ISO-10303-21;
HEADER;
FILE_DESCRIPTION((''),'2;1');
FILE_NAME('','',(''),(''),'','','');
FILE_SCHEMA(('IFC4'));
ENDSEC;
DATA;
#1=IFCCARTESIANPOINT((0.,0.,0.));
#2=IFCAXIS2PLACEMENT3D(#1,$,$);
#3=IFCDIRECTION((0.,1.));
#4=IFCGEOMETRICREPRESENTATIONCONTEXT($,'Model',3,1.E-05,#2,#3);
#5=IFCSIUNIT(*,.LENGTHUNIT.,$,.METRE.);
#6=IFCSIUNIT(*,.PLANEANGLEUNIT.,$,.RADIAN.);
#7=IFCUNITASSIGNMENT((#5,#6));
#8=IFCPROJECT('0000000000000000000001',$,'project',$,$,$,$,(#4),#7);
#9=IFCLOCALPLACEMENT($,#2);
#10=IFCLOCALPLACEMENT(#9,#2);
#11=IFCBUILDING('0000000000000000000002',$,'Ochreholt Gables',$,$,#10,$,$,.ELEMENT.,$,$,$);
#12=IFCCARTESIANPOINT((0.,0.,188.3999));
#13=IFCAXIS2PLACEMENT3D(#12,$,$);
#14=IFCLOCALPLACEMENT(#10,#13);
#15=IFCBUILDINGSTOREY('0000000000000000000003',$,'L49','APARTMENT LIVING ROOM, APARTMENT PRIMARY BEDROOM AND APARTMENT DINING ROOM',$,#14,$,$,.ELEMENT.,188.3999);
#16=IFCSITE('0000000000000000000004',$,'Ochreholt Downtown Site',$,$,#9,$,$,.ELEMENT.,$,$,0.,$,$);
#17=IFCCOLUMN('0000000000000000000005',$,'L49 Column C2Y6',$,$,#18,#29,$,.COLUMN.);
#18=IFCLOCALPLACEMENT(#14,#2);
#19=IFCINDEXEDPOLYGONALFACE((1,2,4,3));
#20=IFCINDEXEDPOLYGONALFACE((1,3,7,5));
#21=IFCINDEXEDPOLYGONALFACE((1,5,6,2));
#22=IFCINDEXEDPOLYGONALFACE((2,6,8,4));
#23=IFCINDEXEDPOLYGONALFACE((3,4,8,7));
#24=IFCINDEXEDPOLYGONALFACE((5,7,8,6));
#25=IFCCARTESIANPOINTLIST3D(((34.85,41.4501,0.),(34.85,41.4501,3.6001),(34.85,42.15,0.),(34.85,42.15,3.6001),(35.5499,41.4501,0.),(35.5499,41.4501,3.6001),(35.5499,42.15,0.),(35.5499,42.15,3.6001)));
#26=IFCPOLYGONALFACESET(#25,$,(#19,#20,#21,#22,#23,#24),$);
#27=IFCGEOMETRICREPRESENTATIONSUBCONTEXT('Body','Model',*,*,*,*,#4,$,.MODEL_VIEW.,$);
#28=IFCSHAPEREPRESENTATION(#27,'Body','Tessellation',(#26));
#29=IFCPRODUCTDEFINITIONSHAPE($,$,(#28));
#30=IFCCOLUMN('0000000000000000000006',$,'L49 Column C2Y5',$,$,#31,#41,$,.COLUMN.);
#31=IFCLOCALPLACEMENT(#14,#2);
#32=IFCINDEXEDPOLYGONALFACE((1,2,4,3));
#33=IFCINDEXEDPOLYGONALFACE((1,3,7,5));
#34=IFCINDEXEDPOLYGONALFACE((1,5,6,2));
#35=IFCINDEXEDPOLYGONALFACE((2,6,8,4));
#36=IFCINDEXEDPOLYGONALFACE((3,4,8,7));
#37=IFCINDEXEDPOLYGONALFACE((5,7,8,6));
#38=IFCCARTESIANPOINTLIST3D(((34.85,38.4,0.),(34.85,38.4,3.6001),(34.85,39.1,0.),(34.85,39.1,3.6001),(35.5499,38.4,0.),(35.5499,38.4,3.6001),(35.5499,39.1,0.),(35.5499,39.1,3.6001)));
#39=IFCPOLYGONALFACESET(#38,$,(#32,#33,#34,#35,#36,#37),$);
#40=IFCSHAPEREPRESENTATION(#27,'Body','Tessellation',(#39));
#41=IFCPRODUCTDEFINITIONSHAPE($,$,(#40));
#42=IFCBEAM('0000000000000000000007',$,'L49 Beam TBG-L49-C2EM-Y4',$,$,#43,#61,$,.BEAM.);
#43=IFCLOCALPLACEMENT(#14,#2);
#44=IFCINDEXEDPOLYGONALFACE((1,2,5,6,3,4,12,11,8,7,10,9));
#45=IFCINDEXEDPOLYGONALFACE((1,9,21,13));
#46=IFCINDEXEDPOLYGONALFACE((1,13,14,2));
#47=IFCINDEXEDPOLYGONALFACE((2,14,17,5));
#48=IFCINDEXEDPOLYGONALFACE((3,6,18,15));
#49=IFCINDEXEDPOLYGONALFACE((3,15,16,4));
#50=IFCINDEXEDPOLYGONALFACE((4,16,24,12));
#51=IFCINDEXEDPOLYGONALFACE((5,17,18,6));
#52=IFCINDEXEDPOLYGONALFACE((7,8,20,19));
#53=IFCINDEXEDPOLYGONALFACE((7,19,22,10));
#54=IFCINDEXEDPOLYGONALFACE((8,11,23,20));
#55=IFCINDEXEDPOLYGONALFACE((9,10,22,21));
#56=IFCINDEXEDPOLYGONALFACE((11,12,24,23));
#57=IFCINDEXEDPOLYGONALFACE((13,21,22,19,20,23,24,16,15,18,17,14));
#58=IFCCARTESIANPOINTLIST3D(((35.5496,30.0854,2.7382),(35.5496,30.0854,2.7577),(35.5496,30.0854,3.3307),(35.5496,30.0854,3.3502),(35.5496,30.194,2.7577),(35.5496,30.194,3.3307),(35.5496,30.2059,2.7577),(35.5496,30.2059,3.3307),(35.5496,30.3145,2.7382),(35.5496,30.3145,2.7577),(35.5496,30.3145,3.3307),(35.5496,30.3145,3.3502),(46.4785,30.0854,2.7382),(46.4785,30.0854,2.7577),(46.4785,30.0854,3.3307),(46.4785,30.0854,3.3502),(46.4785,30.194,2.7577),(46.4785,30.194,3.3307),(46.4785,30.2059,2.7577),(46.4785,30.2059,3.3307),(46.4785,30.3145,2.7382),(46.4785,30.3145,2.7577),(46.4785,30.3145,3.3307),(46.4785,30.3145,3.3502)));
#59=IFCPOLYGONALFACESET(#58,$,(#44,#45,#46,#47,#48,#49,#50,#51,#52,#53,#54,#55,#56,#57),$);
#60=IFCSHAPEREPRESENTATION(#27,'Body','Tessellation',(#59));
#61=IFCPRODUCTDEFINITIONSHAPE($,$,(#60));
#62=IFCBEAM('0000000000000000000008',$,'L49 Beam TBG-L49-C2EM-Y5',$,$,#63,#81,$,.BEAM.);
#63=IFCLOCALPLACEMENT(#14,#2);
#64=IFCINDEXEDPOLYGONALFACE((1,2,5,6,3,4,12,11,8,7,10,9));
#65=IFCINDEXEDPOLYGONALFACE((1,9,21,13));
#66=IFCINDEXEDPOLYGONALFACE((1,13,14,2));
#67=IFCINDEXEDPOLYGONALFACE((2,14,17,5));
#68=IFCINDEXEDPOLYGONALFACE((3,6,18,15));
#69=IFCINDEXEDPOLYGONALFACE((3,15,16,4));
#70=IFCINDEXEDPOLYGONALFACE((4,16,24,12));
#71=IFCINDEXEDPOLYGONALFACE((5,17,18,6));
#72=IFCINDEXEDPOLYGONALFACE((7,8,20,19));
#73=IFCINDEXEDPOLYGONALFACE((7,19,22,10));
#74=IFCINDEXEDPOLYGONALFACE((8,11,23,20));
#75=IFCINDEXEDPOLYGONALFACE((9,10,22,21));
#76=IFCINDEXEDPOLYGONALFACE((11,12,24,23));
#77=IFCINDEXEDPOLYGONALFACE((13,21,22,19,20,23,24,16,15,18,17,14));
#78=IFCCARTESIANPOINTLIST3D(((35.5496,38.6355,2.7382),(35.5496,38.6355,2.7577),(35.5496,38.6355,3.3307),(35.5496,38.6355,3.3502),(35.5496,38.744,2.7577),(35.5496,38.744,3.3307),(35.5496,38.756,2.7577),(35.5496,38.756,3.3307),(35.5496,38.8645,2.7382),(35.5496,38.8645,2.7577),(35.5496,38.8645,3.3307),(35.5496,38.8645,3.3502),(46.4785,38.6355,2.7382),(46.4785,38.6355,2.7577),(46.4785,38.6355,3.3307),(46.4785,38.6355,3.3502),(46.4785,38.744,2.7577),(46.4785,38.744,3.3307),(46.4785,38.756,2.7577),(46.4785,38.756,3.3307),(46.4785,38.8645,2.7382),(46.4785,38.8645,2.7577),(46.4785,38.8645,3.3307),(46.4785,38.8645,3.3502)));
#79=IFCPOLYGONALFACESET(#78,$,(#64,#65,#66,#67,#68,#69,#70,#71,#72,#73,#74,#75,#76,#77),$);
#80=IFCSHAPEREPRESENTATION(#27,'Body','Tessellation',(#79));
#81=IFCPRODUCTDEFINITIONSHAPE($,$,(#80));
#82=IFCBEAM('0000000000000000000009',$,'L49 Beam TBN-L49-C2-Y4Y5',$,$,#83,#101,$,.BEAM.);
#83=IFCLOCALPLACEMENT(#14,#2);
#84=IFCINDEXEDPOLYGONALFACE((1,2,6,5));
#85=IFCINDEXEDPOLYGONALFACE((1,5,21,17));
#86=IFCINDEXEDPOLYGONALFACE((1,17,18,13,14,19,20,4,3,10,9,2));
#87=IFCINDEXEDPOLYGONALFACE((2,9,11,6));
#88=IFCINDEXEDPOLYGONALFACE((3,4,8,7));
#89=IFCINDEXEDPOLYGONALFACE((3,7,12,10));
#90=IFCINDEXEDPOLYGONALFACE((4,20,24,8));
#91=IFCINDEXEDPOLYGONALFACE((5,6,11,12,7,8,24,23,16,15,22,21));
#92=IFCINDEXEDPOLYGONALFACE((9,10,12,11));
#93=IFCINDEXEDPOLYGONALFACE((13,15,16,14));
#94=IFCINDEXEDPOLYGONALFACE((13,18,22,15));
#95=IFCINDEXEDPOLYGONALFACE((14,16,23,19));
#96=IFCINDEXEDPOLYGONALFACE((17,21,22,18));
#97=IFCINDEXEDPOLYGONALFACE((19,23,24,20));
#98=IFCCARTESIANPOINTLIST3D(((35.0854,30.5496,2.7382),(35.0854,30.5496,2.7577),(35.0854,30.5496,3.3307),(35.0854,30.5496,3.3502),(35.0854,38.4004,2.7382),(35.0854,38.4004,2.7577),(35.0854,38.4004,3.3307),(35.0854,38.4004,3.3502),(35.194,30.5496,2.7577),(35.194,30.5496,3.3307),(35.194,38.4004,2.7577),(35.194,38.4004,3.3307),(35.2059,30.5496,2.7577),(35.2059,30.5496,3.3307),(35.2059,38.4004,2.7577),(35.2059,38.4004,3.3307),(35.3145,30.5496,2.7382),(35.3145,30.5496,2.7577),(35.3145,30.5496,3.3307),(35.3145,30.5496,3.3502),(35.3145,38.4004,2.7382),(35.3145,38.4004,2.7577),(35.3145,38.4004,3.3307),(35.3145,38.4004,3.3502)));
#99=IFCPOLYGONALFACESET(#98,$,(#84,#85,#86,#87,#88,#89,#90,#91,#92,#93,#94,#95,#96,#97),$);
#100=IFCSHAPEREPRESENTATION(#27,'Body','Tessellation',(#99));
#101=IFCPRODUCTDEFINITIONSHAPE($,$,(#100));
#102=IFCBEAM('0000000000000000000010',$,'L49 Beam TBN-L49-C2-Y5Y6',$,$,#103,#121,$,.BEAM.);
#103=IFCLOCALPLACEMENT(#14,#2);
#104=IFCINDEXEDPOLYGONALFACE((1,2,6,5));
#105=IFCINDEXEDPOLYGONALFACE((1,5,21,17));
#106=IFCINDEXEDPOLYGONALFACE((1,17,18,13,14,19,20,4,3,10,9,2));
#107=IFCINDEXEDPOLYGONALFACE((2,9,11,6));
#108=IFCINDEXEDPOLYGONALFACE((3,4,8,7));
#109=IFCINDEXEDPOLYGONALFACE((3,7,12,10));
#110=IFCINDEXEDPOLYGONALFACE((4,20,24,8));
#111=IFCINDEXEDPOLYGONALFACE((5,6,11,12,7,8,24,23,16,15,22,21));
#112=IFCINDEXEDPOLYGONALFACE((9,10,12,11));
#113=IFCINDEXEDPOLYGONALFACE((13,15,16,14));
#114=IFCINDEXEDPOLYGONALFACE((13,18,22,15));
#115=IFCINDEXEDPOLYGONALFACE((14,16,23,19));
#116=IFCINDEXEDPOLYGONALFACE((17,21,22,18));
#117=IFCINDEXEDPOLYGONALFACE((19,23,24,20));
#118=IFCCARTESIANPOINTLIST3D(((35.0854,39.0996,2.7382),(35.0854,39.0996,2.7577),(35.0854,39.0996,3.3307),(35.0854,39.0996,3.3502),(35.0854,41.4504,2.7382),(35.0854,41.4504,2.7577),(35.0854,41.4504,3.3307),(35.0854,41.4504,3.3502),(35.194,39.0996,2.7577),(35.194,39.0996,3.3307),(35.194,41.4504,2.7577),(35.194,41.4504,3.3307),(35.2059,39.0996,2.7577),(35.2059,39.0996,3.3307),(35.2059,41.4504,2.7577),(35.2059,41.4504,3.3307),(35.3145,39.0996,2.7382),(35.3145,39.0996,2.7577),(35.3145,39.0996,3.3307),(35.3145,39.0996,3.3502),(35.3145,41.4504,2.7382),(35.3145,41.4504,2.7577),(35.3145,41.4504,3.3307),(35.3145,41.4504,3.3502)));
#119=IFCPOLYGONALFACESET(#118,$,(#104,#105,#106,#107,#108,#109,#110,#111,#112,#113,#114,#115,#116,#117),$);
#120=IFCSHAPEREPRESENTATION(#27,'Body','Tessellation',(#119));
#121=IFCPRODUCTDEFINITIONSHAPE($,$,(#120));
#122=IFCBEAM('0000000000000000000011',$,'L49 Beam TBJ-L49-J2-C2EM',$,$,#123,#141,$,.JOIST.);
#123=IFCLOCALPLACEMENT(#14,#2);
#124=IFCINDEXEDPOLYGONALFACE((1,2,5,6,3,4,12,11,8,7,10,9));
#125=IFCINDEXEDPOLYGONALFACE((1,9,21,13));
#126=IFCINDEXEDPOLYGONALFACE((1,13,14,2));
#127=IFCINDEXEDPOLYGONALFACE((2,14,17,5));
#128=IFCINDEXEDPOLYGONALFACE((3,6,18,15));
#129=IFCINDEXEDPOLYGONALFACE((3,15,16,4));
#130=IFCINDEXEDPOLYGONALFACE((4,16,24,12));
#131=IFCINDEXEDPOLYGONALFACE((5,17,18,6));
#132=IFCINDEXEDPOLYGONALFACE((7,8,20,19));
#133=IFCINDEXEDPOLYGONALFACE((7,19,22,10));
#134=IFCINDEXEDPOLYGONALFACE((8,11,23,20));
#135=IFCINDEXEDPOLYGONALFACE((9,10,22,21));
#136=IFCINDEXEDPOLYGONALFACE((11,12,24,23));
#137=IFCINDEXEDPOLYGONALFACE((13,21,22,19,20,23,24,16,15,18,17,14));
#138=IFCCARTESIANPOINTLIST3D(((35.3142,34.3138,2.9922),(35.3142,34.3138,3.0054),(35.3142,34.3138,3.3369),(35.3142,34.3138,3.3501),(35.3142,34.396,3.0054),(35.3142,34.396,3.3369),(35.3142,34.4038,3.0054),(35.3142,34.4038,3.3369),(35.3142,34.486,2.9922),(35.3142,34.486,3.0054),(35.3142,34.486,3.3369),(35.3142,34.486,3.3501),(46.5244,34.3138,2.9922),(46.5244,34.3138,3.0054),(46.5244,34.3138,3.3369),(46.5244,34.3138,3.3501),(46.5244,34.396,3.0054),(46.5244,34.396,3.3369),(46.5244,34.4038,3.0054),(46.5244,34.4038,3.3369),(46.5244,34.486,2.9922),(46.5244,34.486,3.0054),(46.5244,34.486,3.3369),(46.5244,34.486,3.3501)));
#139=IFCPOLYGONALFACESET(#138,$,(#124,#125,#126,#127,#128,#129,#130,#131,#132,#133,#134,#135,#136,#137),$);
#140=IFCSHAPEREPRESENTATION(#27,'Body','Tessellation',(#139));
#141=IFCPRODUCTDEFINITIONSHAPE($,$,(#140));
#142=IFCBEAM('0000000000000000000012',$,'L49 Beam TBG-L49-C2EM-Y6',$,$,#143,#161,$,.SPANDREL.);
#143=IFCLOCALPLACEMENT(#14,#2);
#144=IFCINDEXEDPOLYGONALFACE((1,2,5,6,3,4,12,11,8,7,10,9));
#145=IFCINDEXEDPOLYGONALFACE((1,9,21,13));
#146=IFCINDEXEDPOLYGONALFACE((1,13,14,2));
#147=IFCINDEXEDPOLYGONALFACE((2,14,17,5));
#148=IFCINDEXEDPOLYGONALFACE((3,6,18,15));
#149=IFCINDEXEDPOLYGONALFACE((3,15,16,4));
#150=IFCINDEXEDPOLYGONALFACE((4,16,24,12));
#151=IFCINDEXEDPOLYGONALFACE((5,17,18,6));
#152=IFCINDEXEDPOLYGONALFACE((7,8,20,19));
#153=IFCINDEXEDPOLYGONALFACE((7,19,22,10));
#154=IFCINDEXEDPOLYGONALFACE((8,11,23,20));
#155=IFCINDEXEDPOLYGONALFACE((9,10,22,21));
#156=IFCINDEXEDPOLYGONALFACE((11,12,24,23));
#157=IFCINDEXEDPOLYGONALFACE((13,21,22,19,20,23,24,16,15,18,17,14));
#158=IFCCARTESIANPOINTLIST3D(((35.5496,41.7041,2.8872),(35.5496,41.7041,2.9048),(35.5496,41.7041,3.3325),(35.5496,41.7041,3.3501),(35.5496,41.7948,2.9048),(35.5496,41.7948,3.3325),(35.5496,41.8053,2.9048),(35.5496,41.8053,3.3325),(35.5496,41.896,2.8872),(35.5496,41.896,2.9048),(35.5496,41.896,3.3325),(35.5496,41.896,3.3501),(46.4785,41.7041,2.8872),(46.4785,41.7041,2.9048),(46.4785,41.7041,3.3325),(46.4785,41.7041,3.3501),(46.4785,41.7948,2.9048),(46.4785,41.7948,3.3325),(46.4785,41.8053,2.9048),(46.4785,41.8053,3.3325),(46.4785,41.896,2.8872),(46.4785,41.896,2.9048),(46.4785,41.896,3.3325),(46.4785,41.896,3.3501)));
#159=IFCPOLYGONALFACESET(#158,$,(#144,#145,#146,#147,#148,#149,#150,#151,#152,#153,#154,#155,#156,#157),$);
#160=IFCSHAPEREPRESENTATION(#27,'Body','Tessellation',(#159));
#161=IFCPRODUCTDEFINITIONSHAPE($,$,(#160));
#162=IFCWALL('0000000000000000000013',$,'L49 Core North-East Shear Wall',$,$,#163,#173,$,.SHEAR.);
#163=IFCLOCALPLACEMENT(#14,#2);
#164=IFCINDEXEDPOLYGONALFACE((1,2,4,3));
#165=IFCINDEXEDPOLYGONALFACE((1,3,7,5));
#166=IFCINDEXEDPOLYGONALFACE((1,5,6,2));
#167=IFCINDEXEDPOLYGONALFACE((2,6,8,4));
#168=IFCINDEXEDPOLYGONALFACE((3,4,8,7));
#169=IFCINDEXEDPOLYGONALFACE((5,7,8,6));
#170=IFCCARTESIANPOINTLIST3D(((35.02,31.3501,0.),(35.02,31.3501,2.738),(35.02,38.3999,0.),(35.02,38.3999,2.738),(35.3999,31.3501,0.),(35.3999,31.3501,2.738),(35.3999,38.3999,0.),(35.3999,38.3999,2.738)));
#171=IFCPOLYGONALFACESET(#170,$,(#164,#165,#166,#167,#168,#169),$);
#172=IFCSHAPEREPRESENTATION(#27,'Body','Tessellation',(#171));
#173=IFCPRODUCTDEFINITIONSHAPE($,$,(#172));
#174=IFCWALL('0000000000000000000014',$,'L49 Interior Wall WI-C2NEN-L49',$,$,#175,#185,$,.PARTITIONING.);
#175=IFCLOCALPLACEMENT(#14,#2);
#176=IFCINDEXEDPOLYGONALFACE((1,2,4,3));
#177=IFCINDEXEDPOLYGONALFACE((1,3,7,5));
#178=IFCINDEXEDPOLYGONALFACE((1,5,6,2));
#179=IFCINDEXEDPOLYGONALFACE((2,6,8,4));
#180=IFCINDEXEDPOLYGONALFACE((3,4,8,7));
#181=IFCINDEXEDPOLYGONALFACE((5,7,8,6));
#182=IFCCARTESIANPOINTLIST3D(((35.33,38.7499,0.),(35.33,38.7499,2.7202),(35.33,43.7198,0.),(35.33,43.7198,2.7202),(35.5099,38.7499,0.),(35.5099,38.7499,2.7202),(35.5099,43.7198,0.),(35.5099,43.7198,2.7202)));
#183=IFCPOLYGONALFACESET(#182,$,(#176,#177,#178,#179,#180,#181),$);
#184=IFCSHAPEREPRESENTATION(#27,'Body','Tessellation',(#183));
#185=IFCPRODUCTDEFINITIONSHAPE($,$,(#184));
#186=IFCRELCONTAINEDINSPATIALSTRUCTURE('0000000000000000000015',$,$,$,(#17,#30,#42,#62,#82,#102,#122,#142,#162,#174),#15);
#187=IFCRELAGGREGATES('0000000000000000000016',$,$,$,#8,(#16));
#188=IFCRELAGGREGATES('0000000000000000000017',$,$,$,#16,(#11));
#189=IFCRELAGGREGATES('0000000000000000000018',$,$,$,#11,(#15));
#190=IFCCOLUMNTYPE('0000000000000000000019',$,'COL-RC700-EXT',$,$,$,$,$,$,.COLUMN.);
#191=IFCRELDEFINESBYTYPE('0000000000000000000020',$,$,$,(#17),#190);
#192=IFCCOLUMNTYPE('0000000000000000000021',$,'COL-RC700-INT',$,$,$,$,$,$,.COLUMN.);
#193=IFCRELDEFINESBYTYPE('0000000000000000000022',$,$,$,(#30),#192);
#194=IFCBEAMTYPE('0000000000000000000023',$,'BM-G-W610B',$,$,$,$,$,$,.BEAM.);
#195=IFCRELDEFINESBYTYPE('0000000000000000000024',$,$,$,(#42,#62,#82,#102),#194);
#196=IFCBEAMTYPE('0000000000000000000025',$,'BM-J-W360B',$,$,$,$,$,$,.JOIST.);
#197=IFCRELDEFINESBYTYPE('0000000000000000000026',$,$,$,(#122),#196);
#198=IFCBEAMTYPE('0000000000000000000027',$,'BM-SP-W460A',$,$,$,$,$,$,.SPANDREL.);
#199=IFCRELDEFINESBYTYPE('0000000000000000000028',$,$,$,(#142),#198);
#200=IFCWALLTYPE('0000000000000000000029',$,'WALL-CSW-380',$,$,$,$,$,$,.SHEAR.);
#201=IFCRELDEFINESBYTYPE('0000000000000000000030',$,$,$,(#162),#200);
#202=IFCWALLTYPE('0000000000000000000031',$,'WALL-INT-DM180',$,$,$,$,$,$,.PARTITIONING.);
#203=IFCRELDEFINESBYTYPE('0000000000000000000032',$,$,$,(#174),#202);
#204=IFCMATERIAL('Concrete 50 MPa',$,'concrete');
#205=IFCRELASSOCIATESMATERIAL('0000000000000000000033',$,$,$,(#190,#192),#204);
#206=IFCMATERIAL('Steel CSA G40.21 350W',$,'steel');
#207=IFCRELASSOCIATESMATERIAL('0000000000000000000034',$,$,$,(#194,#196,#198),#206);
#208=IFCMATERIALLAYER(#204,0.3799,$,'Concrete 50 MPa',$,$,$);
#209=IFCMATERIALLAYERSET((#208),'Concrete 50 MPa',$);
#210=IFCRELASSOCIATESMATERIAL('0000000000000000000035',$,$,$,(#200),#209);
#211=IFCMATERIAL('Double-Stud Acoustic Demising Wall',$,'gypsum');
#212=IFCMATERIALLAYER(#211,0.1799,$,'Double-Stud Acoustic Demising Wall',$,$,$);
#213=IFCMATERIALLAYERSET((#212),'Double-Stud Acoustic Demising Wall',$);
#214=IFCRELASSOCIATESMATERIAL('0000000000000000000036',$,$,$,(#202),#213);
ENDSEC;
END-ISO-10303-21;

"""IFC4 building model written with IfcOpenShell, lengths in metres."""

from ifc_helpers import new_model, si_unit, direction, frame, frame_2d, origin, origin_2d, place, context, subcontext, project, spatial, rectangle, i_section, extrude, material, layer, layer_set, material_profile, profile_set, type_object, element, save


model = new_model("IFC4")

# Units and contexts
model_context = context("Model", 3, precision=1e-05, world=origin(), true_north=direction((0.0, 1.0)))
body_context = subcontext(model_context, "Body", "Model", "MODEL_VIEW")
ifc_project = project(units=[si_unit("LENGTHUNIT", "METRE"), si_unit("PLANEANGLEUNIT", "RADIAN")], contexts=[model_context])

# Site, building, storey
site_placement = place(None, origin())
site = spatial("IfcSite", under=ifc_project, at=site_placement, Name="Ochreholt Downtown Site", CompositionType="ELEMENT", RefElevation=0.0)
building_placement = place(site_placement, origin())
building = spatial("IfcBuilding", under=site, at=building_placement, Name="Ochreholt Gables", CompositionType="ELEMENT")
storey_placement = place(building_placement, frame((0.0, 0.0, 188.3999)))
storey = spatial("IfcBuildingStorey", under=building, at=storey_placement, Name="L49", Description="APARTMENT LIVING ROOM, APARTMENT PRIMARY BEDROOM AND APARTMENT DINING ROOM", CompositionType="ELEMENT", Elevation=188.3999)

# Columns
ifc_material_1 = material(Name="Concrete 50 MPa", Category="concrete")
ifc_material_profile_1 = material_profile(ifc_material_1, rectangle(XDim=0.7, YDim=0.7, at=origin_2d()), Name="RC700X700")
ifc_profile_set_1 = profile_set([ifc_material_profile_1], Name="Concrete 50 MPa")
column_type_1 = type_object("IfcColumnType", Name="COL-RC700-EXT", PredefinedType="COLUMN", material=ifc_profile_set_1)
column_1_placement = place(storey_placement, frame((35.2, 41.8, 0.0), z_axis=(0.0, 0.0, 1.0), x_axis=(1.0, 0.0, 0.0)))
element("IfcColumn", 1, at=column_1_placement, inside=storey, type_object=column_type_1, Name="L49 Column C2Y6", PredefinedType="COLUMN", context=body_context, shape_type="SweptSolid", body=[
    extrude(rectangle(XDim=0.7, YDim=0.7, at=origin_2d()), origin(), (0.0, 0.0, 1.0), 3.6001),
])
ifc_material_profile_2 = material_profile(ifc_material_1, rectangle(XDim=0.7, YDim=0.7, at=origin_2d()), Name="RC700X700")
ifc_profile_set_2 = profile_set([ifc_material_profile_2], Name="Concrete 50 MPa")
column_type_2 = type_object("IfcColumnType", Name="COL-RC700-INT", PredefinedType="COLUMN", material=ifc_profile_set_2)
column_2_placement = place(storey_placement, frame((35.2, 38.75, 0.0), z_axis=(0.0, 0.0, 1.0), x_axis=(1.0, 0.0, 0.0)))
element("IfcColumn", 2, at=column_2_placement, inside=storey, type_object=column_type_2, Name="L49 Column C2Y5", PredefinedType="COLUMN", context=body_context, shape_type="SweptSolid", body=[
    extrude(rectangle(XDim=0.7, YDim=0.7, at=origin_2d()), origin(), (0.0, 0.0, 1.0), 3.6001),
])

# Beams
ifc_material_2 = material(Name="Steel CSA G40.21 350W", Category="steel")
ifc_material_profile_3 = material_profile(ifc_material_2, i_section(OverallWidth=0.229, OverallDepth=0.6121, WebThickness=0.012, FlangeThickness=0.0195, at=origin_2d()), Name="W610X125")
ifc_profile_set_3 = profile_set([ifc_material_profile_3], Name="Steel CSA G40.21 350W")
beam_type_1 = type_object("IfcBeamType", Name="BM-G-W610B", PredefinedType="BEAM", material=ifc_profile_set_3)
for number, where, z_axis, x_axis, name in (
    (3, (35.5496, 30.2, 3.0442), (1.0, 0.0, 0.0), (0.0, 1.0, 0.0), "L49 Beam TBG-L49-C2EM-Y4"),
    (4, (35.5496, 38.75, 3.0442), (1.0, 0.0, 0.0), (0.0, 1.0, 0.0), "L49 Beam TBG-L49-C2EM-Y5"),
):
    element("IfcBeam", number, at=place(storey_placement, frame(where, z_axis=z_axis, x_axis=x_axis)), inside=storey, type_object=beam_type_1, Name=name, PredefinedType="BEAM", context=body_context, shape_type="SweptSolid", body=[
        extrude(i_section(OverallWidth=0.229, OverallDepth=0.6121, WebThickness=0.012, FlangeThickness=0.0195, at=origin_2d()), origin(), (0.0, 0.0, 1.0), 10.929),
    ])
beam_1_placement = place(storey_placement, frame((35.2, 30.5496, 3.0442), z_axis=(0.0, 1.0, 0.0), x_axis=(-1.0, 0.0, 0.0)))
element("IfcBeam", 5, at=beam_1_placement, inside=storey, type_object=beam_type_1, Name="L49 Beam TBN-L49-C2-Y4Y5", PredefinedType="BEAM", context=body_context, shape_type="SweptSolid", body=[
    extrude(i_section(OverallWidth=0.229, OverallDepth=0.6121, WebThickness=0.012, FlangeThickness=0.0195, at=origin_2d()), origin(), (0.0, 0.0, 1.0), 7.8508),
])
beam_2_placement = place(storey_placement, frame((35.2, 39.0996, 3.0442), z_axis=(0.0, 1.0, 0.0), x_axis=(-1.0, 0.0, 0.0)))
element("IfcBeam", 6, at=beam_2_placement, inside=storey, type_object=beam_type_1, Name="L49 Beam TBN-L49-C2-Y5Y6", PredefinedType="BEAM", context=body_context, shape_type="SweptSolid", body=[
    extrude(i_section(OverallWidth=0.229, OverallDepth=0.6121, WebThickness=0.012, FlangeThickness=0.0195, at=origin_2d()), origin(), (0.0, 0.0, 1.0), 2.3508),
])
ifc_material_profile_4 = material_profile(ifc_material_2, i_section(OverallWidth=0.1721, OverallDepth=0.3579, WebThickness=0.0078, FlangeThickness=0.0132, at=origin_2d()), Name="W360X57")
ifc_profile_set_4 = profile_set([ifc_material_profile_4], Name="Steel CSA G40.21 350W")
beam_type_2 = type_object("IfcBeamType", Name="BM-J-W360B", PredefinedType="JOIST", material=ifc_profile_set_4)
beam_3_placement = place(storey_placement, frame((35.3142, 34.3999, 3.1711), z_axis=(1.0, 0.0, 0.0), x_axis=(0.0, 1.0, 0.0)))
element("IfcBeam", 7, at=beam_3_placement, inside=storey, type_object=beam_type_2, Name="L49 Beam TBJ-L49-J2-C2EM", PredefinedType="JOIST", context=body_context, shape_type="SweptSolid", body=[
    extrude(i_section(OverallWidth=0.1721, OverallDepth=0.3579, WebThickness=0.0078, FlangeThickness=0.0132, at=origin_2d()), origin(), (0.0, 0.0, 1.0), 11.2102),
])
ifc_material_profile_5 = material_profile(ifc_material_2, i_section(OverallWidth=0.1919, OverallDepth=0.4629, WebThickness=0.0105, FlangeThickness=0.0176, at=origin_2d()), Name="W460X89")
ifc_profile_set_5 = profile_set([ifc_material_profile_5], Name="Steel CSA G40.21 350W")
beam_type_3 = type_object("IfcBeamType", Name="BM-SP-W460A", PredefinedType="SPANDREL", material=ifc_profile_set_5)
beam_4_placement = place(storey_placement, frame((35.5496, 41.8, 3.1187), z_axis=(1.0, 0.0, 0.0), x_axis=(0.0, 1.0, 0.0)))
element("IfcBeam", 8, at=beam_4_placement, inside=storey, type_object=beam_type_3, Name="L49 Beam TBG-L49-C2EM-Y6", PredefinedType="SPANDREL", context=body_context, shape_type="SweptSolid", body=[
    extrude(i_section(OverallWidth=0.1919, OverallDepth=0.4629, WebThickness=0.0105, FlangeThickness=0.0176, at=origin_2d()), origin(), (0.0, 0.0, 1.0), 10.929),
])

# Walls
ifc_layer_1 = layer(ifc_material_1, 0.3799, Name="Concrete 50 MPa")
ifc_layer_set_1 = layer_set([ifc_layer_1], Name="Concrete 50 MPa")
wall_type_1 = type_object("IfcWallType", Name="WALL-CSW-380", PredefinedType="SHEAR", material=ifc_layer_set_1)
wall_1_placement = place(storey_placement, frame((35.21, 31.3501, 0.0), z_axis=(0.0, 0.0, 1.0), x_axis=(0.0, 1.0, 0.0)))
element("IfcWall", 9, at=wall_1_placement, inside=storey, type_object=wall_type_1, Name="L49 Core North-East Shear Wall", PredefinedType="SHEAR", context=body_context, shape_type="SweptSolid", body=[
    extrude(rectangle(XDim=7.0498, YDim=0.3799, at=frame_2d((3.5249, 0.0))), origin(), (0.0, 0.0, 1.0), 2.738),
])
ifc_material_3 = material(Name="Double-Stud Acoustic Demising Wall", Category="gypsum")
ifc_layer_2 = layer(ifc_material_3, 0.1799, Name="Double-Stud Acoustic Demising Wall")
ifc_layer_set_2 = layer_set([ifc_layer_2], Name="Double-Stud Acoustic Demising Wall")
wall_type_2 = type_object("IfcWallType", Name="WALL-INT-DM180", PredefinedType="PARTITIONING", material=ifc_layer_set_2)
wall_2_placement = place(storey_placement, frame((35.4199, 38.75, 0.0), z_axis=(0.0, 0.0, 1.0), x_axis=(0.0, 1.0, 0.0)))
element("IfcWall", 10, at=wall_2_placement, inside=storey, type_object=wall_type_2, Name="L49 Interior Wall WI-C2NEN-L49", PredefinedType="PARTITIONING", context=body_context, shape_type="SweptSolid", body=[
    extrude(rectangle(XDim=4.97, YDim=0.1799, at=frame_2d((2.4849, 0.0))), origin(), (0.0, 0.0, 1.0), 2.7202),
])

save(model, "model.ifc")
